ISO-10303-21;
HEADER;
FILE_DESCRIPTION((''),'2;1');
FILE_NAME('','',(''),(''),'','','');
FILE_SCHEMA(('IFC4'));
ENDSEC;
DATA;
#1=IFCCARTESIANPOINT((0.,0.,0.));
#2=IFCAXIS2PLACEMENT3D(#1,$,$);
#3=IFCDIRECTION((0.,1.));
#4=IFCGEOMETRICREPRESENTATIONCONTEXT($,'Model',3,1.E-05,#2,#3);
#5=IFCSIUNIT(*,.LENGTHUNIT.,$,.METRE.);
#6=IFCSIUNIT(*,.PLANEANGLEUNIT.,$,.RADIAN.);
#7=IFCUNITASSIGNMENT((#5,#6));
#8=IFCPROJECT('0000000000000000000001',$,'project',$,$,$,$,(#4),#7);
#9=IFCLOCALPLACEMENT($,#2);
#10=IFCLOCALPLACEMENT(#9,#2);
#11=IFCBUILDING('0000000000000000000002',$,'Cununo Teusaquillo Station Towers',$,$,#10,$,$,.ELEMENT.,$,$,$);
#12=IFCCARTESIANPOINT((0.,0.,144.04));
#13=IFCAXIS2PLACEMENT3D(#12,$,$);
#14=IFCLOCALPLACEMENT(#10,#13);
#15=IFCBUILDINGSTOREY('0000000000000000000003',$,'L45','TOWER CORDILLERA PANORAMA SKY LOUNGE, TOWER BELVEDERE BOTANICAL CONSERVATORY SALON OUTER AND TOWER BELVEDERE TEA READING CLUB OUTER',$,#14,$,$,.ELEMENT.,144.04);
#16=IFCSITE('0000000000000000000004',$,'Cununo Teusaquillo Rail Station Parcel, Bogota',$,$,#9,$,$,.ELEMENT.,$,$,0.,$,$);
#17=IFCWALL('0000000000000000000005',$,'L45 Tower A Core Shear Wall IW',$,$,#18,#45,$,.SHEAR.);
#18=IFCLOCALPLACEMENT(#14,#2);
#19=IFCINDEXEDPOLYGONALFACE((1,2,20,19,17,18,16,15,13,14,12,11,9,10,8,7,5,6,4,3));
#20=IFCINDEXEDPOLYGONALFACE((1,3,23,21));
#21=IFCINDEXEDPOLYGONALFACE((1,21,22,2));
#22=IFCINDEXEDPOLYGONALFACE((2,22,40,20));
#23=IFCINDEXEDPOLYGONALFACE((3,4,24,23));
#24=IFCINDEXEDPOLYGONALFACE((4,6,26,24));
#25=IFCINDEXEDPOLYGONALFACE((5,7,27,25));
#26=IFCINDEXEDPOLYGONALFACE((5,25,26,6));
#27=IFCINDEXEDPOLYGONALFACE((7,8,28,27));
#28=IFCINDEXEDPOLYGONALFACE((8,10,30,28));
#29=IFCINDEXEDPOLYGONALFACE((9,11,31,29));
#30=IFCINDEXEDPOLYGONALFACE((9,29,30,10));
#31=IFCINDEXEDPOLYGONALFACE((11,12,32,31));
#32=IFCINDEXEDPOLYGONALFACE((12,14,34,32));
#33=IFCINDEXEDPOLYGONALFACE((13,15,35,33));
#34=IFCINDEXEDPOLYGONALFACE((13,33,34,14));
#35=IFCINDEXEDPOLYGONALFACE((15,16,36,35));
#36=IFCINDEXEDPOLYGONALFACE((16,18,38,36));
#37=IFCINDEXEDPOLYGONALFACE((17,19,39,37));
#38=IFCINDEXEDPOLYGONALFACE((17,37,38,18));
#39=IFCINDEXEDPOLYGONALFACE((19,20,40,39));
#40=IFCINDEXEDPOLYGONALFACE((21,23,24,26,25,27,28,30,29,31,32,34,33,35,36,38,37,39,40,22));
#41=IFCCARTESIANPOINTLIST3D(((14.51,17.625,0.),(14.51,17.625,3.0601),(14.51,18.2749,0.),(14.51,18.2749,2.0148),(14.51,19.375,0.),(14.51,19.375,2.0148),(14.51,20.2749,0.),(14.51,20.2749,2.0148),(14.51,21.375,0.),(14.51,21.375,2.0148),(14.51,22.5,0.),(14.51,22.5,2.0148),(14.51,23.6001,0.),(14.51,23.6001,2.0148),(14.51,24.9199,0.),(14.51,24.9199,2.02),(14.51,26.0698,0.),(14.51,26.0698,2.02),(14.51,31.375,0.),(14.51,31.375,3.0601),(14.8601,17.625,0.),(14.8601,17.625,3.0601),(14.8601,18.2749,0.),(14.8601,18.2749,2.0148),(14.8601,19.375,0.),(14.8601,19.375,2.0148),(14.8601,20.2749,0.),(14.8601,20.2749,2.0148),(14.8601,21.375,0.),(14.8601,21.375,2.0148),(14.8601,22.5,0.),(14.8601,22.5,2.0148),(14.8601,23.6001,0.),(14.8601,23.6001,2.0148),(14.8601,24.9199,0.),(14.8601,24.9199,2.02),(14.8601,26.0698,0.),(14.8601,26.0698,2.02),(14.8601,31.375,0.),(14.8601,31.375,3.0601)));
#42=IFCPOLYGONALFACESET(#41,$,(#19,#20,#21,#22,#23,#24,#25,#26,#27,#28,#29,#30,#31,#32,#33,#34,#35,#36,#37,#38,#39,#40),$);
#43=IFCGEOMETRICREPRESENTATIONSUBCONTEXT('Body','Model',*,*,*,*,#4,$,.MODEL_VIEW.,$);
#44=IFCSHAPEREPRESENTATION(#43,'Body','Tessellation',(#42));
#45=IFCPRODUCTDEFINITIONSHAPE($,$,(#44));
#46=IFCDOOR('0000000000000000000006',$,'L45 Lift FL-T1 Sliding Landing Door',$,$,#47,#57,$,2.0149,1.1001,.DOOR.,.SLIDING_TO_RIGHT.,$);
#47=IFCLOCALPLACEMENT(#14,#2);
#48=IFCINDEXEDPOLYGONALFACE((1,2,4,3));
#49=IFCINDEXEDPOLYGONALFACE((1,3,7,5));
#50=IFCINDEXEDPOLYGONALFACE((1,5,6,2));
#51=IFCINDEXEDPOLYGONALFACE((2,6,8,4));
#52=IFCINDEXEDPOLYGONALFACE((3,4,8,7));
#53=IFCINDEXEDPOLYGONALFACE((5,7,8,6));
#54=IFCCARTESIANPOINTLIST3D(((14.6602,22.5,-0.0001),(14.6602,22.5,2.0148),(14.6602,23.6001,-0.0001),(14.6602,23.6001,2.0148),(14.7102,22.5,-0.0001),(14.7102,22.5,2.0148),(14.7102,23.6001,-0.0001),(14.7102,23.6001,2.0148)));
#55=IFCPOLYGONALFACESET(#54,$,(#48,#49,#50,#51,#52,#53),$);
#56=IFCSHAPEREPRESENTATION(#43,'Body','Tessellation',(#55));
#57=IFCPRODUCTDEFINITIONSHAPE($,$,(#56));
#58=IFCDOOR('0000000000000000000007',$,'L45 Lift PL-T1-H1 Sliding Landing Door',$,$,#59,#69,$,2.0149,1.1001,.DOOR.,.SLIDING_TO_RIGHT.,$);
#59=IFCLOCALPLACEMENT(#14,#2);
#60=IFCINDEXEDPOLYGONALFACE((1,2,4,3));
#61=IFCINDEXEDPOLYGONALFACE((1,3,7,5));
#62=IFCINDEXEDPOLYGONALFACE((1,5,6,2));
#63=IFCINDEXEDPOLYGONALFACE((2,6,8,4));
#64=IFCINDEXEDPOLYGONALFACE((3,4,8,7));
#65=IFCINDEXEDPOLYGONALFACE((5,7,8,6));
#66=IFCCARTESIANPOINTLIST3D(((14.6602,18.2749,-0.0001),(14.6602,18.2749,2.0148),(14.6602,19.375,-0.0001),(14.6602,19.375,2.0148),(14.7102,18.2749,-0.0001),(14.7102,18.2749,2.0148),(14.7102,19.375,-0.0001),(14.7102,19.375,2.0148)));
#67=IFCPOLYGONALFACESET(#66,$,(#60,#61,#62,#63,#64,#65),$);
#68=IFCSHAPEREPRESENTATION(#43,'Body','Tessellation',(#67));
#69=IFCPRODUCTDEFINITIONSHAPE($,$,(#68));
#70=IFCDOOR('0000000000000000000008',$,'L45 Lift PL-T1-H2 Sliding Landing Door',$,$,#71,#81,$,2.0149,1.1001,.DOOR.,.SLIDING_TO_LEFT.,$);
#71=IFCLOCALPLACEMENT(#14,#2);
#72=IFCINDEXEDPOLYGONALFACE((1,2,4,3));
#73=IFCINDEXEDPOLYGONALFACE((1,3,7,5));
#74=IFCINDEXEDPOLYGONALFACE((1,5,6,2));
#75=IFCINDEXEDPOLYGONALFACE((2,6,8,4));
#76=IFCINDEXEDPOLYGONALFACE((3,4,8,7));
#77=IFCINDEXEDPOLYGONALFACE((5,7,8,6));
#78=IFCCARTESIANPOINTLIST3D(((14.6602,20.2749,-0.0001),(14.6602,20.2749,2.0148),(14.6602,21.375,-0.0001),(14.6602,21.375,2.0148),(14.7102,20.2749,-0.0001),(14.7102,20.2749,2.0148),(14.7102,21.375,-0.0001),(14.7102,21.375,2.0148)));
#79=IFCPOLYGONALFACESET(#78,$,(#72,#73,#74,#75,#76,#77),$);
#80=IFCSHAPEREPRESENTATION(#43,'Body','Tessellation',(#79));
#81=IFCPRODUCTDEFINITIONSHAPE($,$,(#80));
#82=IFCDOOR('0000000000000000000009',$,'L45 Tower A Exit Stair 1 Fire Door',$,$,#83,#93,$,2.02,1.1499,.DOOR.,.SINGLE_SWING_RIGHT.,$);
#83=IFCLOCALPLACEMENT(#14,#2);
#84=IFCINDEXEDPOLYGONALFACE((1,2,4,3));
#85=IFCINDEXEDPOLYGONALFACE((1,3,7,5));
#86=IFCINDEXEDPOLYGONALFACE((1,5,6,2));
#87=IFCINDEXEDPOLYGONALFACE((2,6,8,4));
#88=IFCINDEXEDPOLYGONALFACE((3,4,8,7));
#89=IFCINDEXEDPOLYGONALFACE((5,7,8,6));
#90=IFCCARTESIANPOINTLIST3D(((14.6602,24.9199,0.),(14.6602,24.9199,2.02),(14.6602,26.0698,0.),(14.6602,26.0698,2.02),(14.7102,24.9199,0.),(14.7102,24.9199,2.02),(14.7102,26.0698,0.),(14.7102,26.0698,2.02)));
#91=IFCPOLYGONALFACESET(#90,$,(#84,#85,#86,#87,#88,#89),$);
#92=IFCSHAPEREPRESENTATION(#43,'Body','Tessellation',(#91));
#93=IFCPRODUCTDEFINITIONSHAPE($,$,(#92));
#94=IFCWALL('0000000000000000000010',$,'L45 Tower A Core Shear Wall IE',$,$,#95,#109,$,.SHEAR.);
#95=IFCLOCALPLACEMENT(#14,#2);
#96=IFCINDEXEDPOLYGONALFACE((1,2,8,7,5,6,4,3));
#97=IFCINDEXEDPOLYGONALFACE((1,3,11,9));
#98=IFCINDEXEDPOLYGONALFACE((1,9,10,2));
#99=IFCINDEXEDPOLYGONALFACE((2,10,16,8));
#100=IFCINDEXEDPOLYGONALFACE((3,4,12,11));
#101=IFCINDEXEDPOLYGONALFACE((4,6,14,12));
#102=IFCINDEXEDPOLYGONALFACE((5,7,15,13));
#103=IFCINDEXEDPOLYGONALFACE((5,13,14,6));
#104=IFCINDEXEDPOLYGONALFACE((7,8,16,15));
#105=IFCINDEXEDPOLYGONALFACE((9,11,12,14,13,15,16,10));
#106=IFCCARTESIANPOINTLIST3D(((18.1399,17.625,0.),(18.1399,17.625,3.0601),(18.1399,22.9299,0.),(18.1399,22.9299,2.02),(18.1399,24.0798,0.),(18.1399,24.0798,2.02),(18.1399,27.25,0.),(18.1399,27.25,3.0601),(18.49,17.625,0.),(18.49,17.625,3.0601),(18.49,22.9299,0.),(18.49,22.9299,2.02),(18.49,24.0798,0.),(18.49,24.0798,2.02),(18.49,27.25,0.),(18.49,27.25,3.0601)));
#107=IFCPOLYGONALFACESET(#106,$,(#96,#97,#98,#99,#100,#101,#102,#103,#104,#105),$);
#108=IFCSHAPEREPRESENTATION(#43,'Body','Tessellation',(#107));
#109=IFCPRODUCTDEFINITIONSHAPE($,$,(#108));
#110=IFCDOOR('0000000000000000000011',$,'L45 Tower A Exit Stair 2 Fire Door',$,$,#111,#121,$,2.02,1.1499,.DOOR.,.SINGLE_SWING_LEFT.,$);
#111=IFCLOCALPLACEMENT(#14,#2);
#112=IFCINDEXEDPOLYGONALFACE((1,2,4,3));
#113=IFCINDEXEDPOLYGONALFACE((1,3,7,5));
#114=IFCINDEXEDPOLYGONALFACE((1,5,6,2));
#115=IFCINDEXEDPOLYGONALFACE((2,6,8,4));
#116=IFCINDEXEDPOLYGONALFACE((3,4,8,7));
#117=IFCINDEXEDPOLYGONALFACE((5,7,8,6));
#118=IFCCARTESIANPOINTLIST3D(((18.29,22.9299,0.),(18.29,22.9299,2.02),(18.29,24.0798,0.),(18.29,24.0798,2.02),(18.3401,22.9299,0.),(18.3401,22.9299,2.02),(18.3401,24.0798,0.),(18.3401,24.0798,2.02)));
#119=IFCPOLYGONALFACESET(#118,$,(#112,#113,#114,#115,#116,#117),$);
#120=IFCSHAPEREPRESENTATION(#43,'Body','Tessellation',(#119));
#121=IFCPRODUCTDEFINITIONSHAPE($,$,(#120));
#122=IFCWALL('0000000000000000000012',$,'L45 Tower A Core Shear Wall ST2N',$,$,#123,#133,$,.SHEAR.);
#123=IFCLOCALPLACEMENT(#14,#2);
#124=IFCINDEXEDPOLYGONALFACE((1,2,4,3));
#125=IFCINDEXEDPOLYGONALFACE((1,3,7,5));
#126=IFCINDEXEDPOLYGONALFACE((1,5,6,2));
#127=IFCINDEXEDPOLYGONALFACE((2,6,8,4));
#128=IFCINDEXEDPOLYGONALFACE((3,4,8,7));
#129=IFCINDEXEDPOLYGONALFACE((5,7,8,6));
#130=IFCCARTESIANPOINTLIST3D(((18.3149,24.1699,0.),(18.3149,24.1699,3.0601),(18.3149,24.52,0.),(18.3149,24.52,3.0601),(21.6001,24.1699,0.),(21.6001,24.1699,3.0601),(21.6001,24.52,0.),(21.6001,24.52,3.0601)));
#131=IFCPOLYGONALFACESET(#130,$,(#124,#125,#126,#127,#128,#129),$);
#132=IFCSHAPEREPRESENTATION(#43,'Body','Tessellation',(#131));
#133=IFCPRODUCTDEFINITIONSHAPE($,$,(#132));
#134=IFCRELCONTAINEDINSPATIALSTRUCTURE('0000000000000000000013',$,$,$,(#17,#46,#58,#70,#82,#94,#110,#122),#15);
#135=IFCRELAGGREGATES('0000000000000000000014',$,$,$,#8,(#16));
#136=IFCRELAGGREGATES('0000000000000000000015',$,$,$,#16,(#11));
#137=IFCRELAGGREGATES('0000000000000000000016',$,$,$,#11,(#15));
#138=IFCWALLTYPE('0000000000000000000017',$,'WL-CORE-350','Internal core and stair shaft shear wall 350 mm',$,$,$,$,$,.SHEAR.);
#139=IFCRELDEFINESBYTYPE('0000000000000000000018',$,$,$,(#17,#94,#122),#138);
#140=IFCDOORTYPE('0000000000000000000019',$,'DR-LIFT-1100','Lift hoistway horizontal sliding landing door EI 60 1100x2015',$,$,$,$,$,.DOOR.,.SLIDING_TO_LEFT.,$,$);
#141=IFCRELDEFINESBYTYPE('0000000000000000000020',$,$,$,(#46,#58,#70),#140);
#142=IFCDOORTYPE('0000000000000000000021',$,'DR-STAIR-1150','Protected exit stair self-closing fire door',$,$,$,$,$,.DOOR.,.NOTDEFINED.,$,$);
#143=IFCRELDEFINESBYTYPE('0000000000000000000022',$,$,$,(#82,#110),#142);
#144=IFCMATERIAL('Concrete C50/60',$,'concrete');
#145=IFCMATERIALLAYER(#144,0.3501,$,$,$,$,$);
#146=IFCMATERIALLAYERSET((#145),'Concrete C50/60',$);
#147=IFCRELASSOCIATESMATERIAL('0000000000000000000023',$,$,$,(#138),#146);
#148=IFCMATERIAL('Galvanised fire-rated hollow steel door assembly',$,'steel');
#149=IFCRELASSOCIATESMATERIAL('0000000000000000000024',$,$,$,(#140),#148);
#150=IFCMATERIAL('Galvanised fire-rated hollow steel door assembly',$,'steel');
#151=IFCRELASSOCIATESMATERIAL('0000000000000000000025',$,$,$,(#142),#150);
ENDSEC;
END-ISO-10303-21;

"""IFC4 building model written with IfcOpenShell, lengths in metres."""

from ifc_helpers import new_model, si_unit, direction, frame, frame_2d, origin, place, context, subcontext, project, spatial, rectangle, extrude, source, transform, mapped, material, layer, layer_set, type_object, element, fill, save


model = new_model("IFC4")

# Units and contexts
model_context = context("Model", 3, precision=1e-05, world=origin(), true_north=direction((0.0, 1.0)))
body_context = subcontext(model_context, "Body", "Model", "MODEL_VIEW")
ifc_project = project(units=[si_unit("LENGTHUNIT", "METRE"), si_unit("PLANEANGLEUNIT", "RADIAN")], contexts=[model_context])

# Site, building, storey
site_placement = place(None, origin())
site = spatial("IfcSite", under=ifc_project, at=site_placement, Name="Cununo Teusaquillo Rail Station Parcel, Bogota", CompositionType="ELEMENT", RefElevation=0.0)
building_placement = place(site_placement, origin())
building = spatial("IfcBuilding", under=site, at=building_placement, Name="Cununo Teusaquillo Station Towers", CompositionType="ELEMENT")
storey_placement = place(building_placement, frame((0.0, 0.0, 144.04)))
storey = spatial("IfcBuildingStorey", under=building, at=storey_placement, Name="L45", Description="TOWER CORDILLERA PANORAMA SKY LOUNGE, TOWER BELVEDERE BOTANICAL CONSERVATORY SALON OUTER AND TOWER BELVEDERE TEA READING CLUB OUTER", CompositionType="ELEMENT", Elevation=144.04)

# Wall, openings, doors
ifc_material_1 = material(Name="Concrete C50/60", Category="concrete")
ifc_layer_1 = layer(ifc_material_1, 0.3501)
ifc_layer_set_1 = layer_set([ifc_layer_1], Name="Concrete C50/60")
wall_type_1 = type_object("IfcWallType", Name="WL-CORE-350", Description="Internal core and stair shaft shear wall 350 mm", PredefinedType="SHEAR", material=ifc_layer_set_1)
wall_1_placement = place(storey_placement, frame((14.6851, 17.625, 0.0), z_axis=(0.0, 0.0, 1.0), x_axis=(0.0, 1.0, 0.0)))
wall_1 = element("IfcWall", 1, at=wall_1_placement, inside=storey, type_object=wall_type_1, Name="L45 Tower A Core Shear Wall IW", PredefinedType="SHEAR", context=body_context, shape_type="SweptSolid", body=[
    extrude(rectangle(XDim=13.75, YDim=0.3501, at=frame_2d((6.875, 0.0))), origin(), (0.0, 0.0, 1.0), 3.0601),
])
shared_shape_1 = source(origin(), body_context, "Body", "SweptSolid", [
    extrude(rectangle(XDim=1.1001, YDim=2.0149, at=frame_2d((0.55, 1.0073))), frame((0.0, 0.1851, 0.0), z_axis=(0.0, -1.0, 0.0), x_axis=(1.0, 0.0, 0.0)), (0.0, 0.0, 1.0), 0.3701),
])
opening_1_placement = place(wall_1_placement, frame((4.875, 0.0, 0.0)))
opening_1 = element("IfcOpeningElement", 2, at=opening_1_placement, cuts=wall_1, PredefinedType="OPENING", context=body_context, shape_type="MappedRepresentation", body=[
    mapped(shared_shape_1, transform((0.0, 0.0, 0.0), x_axis=(1.0, 0.0, 0.0), y_axis=(0.0, 1.0, 0.0), z_axis=(0.0, 0.0, 1.0), scale=1.0)),
])
opening_2_placement = place(wall_1_placement, frame((0.6499, 0.0, 0.0)))
opening_2 = element("IfcOpeningElement", 3, at=opening_2_placement, cuts=wall_1, PredefinedType="OPENING", context=body_context, shape_type="MappedRepresentation", body=[
    mapped(shared_shape_1, transform((0.0, 0.0, 0.0), x_axis=(1.0, 0.0, 0.0), y_axis=(0.0, 1.0, 0.0), z_axis=(0.0, 0.0, 1.0), scale=1.0)),
])
opening_3_placement = place(wall_1_placement, frame((2.6499, 0.0, 0.0)))
opening_3 = element("IfcOpeningElement", 4, at=opening_3_placement, cuts=wall_1, PredefinedType="OPENING", context=body_context, shape_type="MappedRepresentation", body=[
    mapped(shared_shape_1, transform((0.0, 0.0, 0.0), x_axis=(1.0, 0.0, 0.0), y_axis=(0.0, 1.0, 0.0), z_axis=(0.0, 0.0, 1.0), scale=1.0)),
])
shared_shape_2 = source(origin(), body_context, "Body", "SweptSolid", [
    extrude(rectangle(XDim=1.1499, YDim=2.02, at=frame_2d((0.575, 1.01))), frame((0.0, 0.1851, 0.0), z_axis=(0.0, -1.0, 0.0), x_axis=(1.0, 0.0, 0.0)), (0.0, 0.0, 1.0), 0.3701),
])
opening_4_placement = place(wall_1_placement, frame((7.2949, 0.0, 0.0)))
opening_4 = element("IfcOpeningElement", 5, at=opening_4_placement, cuts=wall_1, PredefinedType="OPENING", context=body_context, shape_type="MappedRepresentation", body=[
    mapped(shared_shape_2, transform((0.0, 0.0, 0.0), x_axis=(1.0, 0.0, 0.0), y_axis=(0.0, 1.0, 0.0), z_axis=(0.0, 0.0, 1.0), scale=1.0)),
])
ifc_material_2 = material(Name="Galvanised fire-rated hollow steel door assembly", Category="steel")
door_type_1 = type_object("IfcDoorType", Name="DR-LIFT-1100", Description="Lift hoistway horizontal sliding landing door EI 60 1100x2015", OperationType="SLIDING_TO_LEFT", PredefinedType="DOOR", material=ifc_material_2)
shared_shape_3 = source(origin(), body_context, "Body", "SweptSolid", [
    extrude(rectangle(XDim=1.1001, YDim=2.0149, at=frame_2d((0.55, 1.0073))), frame((0.0, 0.0249, 0.0), z_axis=(0.0, -1.0, 0.0), x_axis=(1.0, 0.0, 0.0)), (0.0, 0.0, 1.0), 0.05),
])
door_1_placement = place(opening_1_placement, origin())
door_1 = element("IfcDoor", 6, at=door_1_placement, inside=storey, type_object=door_type_1, Name="L45 Lift FL-T1 Sliding Landing Door", OperationType="SLIDING_TO_RIGHT", OverallHeight=2.0149, OverallWidth=1.1001, PredefinedType="DOOR", context=body_context, shape_type="MappedRepresentation", body=[
    mapped(shared_shape_3, transform((0.0, 0.0, 0.0), x_axis=(1.0, 0.0, 0.0), y_axis=(0.0, 1.0, 0.0), z_axis=(0.0, 0.0, 1.0), scale=1.0)),
])
fill(opening_1, door_1)
door_2_placement = place(opening_2_placement, origin())
door_2 = element("IfcDoor", 7, at=door_2_placement, inside=storey, type_object=door_type_1, Name="L45 Lift PL-T1-H1 Sliding Landing Door", OperationType="SLIDING_TO_RIGHT", OverallHeight=2.0149, OverallWidth=1.1001, PredefinedType="DOOR", context=body_context, shape_type="MappedRepresentation", body=[
    mapped(shared_shape_3, transform((0.0, 0.0, 0.0), x_axis=(1.0, 0.0, 0.0), y_axis=(0.0, 1.0, 0.0), z_axis=(0.0, 0.0, 1.0), scale=1.0)),
])
fill(opening_2, door_2)
door_3_placement = place(opening_3_placement, origin())
door_3 = element("IfcDoor", 8, at=door_3_placement, inside=storey, type_object=door_type_1, Name="L45 Lift PL-T1-H2 Sliding Landing Door", OperationType="SLIDING_TO_LEFT", OverallHeight=2.0149, OverallWidth=1.1001, PredefinedType="DOOR", context=body_context, shape_type="MappedRepresentation", body=[
    mapped(shared_shape_3, transform((0.0, 0.0, 0.0), x_axis=(1.0, 0.0, 0.0), y_axis=(0.0, 1.0, 0.0), z_axis=(0.0, 0.0, 1.0), scale=1.0)),
])
fill(opening_3, door_3)
ifc_material_3 = material(Name="Galvanised fire-rated hollow steel door assembly", Category="steel")
door_type_2 = type_object("IfcDoorType", Name="DR-STAIR-1150", Description="Protected exit stair self-closing fire door", OperationType="NOTDEFINED", PredefinedType="DOOR", material=ifc_material_3)
shared_shape_4 = source(origin(), body_context, "Body", "SweptSolid", [
    extrude(rectangle(XDim=1.1499, YDim=2.02, at=frame_2d((0.575, 1.01))), frame((0.0, 0.0249, 0.0), z_axis=(0.0, -1.0, 0.0), x_axis=(1.0, 0.0, 0.0)), (0.0, 0.0, 1.0), 0.05),
])
door_4_placement = place(opening_4_placement, origin())
door_4 = element("IfcDoor", 9, at=door_4_placement, inside=storey, type_object=door_type_2, Name="L45 Tower A Exit Stair 1 Fire Door", OperationType="SINGLE_SWING_RIGHT", OverallHeight=2.02, OverallWidth=1.1499, PredefinedType="DOOR", context=body_context, shape_type="MappedRepresentation", body=[
    mapped(shared_shape_4, transform((0.0, 0.0, 0.0), x_axis=(1.0, 0.0, 0.0), y_axis=(0.0, 1.0, 0.0), z_axis=(0.0, 0.0, 1.0), scale=1.0)),
])
fill(opening_4, door_4)

# Wall, opening, door
wall_2_placement = place(storey_placement, frame((18.3149, 17.625, 0.0), z_axis=(0.0, 0.0, 1.0), x_axis=(0.0, 1.0, 0.0)))
wall_2 = element("IfcWall", 10, at=wall_2_placement, inside=storey, type_object=wall_type_1, Name="L45 Tower A Core Shear Wall IE", PredefinedType="SHEAR", context=body_context, shape_type="SweptSolid", body=[
    extrude(rectangle(XDim=9.625, YDim=0.3501, at=frame_2d((4.8125, 0.0))), origin(), (0.0, 0.0, 1.0), 3.0601),
])
opening_5_placement = place(wall_2_placement, frame((5.3049, 0.0, 0.0)))
opening_5 = element("IfcOpeningElement", 11, at=opening_5_placement, cuts=wall_2, PredefinedType="OPENING", context=body_context, shape_type="MappedRepresentation", body=[
    mapped(shared_shape_2, transform((0.0, 0.0, 0.0), x_axis=(1.0, 0.0, 0.0), y_axis=(0.0, 1.0, 0.0), z_axis=(0.0, 0.0, 1.0), scale=1.0)),
])
door_5_placement = place(opening_5_placement, origin())
door_5 = element("IfcDoor", 12, at=door_5_placement, inside=storey, type_object=door_type_2, Name="L45 Tower A Exit Stair 2 Fire Door", OperationType="SINGLE_SWING_LEFT", OverallHeight=2.02, OverallWidth=1.1499, PredefinedType="DOOR", context=body_context, shape_type="MappedRepresentation", body=[
    mapped(shared_shape_4, transform((0.0, 0.0, 0.0), x_axis=(1.0, 0.0, 0.0), y_axis=(0.0, 1.0, 0.0), z_axis=(0.0, 0.0, 1.0), scale=1.0)),
])
fill(opening_5, door_5)

# Wall
wall_3_placement = place(storey_placement, frame((18.3149, 24.345, 0.0), z_axis=(0.0, 0.0, 1.0), x_axis=(1.0, 0.0, 0.0)))
element("IfcWall", 13, at=wall_3_placement, inside=storey, type_object=wall_type_1, Name="L45 Tower A Core Shear Wall ST2N", PredefinedType="SHEAR", context=body_context, shape_type="SweptSolid", body=[
    extrude(rectangle(XDim=3.2852, YDim=0.3501, at=frame_2d((1.6426, 0.0))), origin(), (0.0, 0.0, 1.0), 3.0601),
])

save(model, "model.ifc")
